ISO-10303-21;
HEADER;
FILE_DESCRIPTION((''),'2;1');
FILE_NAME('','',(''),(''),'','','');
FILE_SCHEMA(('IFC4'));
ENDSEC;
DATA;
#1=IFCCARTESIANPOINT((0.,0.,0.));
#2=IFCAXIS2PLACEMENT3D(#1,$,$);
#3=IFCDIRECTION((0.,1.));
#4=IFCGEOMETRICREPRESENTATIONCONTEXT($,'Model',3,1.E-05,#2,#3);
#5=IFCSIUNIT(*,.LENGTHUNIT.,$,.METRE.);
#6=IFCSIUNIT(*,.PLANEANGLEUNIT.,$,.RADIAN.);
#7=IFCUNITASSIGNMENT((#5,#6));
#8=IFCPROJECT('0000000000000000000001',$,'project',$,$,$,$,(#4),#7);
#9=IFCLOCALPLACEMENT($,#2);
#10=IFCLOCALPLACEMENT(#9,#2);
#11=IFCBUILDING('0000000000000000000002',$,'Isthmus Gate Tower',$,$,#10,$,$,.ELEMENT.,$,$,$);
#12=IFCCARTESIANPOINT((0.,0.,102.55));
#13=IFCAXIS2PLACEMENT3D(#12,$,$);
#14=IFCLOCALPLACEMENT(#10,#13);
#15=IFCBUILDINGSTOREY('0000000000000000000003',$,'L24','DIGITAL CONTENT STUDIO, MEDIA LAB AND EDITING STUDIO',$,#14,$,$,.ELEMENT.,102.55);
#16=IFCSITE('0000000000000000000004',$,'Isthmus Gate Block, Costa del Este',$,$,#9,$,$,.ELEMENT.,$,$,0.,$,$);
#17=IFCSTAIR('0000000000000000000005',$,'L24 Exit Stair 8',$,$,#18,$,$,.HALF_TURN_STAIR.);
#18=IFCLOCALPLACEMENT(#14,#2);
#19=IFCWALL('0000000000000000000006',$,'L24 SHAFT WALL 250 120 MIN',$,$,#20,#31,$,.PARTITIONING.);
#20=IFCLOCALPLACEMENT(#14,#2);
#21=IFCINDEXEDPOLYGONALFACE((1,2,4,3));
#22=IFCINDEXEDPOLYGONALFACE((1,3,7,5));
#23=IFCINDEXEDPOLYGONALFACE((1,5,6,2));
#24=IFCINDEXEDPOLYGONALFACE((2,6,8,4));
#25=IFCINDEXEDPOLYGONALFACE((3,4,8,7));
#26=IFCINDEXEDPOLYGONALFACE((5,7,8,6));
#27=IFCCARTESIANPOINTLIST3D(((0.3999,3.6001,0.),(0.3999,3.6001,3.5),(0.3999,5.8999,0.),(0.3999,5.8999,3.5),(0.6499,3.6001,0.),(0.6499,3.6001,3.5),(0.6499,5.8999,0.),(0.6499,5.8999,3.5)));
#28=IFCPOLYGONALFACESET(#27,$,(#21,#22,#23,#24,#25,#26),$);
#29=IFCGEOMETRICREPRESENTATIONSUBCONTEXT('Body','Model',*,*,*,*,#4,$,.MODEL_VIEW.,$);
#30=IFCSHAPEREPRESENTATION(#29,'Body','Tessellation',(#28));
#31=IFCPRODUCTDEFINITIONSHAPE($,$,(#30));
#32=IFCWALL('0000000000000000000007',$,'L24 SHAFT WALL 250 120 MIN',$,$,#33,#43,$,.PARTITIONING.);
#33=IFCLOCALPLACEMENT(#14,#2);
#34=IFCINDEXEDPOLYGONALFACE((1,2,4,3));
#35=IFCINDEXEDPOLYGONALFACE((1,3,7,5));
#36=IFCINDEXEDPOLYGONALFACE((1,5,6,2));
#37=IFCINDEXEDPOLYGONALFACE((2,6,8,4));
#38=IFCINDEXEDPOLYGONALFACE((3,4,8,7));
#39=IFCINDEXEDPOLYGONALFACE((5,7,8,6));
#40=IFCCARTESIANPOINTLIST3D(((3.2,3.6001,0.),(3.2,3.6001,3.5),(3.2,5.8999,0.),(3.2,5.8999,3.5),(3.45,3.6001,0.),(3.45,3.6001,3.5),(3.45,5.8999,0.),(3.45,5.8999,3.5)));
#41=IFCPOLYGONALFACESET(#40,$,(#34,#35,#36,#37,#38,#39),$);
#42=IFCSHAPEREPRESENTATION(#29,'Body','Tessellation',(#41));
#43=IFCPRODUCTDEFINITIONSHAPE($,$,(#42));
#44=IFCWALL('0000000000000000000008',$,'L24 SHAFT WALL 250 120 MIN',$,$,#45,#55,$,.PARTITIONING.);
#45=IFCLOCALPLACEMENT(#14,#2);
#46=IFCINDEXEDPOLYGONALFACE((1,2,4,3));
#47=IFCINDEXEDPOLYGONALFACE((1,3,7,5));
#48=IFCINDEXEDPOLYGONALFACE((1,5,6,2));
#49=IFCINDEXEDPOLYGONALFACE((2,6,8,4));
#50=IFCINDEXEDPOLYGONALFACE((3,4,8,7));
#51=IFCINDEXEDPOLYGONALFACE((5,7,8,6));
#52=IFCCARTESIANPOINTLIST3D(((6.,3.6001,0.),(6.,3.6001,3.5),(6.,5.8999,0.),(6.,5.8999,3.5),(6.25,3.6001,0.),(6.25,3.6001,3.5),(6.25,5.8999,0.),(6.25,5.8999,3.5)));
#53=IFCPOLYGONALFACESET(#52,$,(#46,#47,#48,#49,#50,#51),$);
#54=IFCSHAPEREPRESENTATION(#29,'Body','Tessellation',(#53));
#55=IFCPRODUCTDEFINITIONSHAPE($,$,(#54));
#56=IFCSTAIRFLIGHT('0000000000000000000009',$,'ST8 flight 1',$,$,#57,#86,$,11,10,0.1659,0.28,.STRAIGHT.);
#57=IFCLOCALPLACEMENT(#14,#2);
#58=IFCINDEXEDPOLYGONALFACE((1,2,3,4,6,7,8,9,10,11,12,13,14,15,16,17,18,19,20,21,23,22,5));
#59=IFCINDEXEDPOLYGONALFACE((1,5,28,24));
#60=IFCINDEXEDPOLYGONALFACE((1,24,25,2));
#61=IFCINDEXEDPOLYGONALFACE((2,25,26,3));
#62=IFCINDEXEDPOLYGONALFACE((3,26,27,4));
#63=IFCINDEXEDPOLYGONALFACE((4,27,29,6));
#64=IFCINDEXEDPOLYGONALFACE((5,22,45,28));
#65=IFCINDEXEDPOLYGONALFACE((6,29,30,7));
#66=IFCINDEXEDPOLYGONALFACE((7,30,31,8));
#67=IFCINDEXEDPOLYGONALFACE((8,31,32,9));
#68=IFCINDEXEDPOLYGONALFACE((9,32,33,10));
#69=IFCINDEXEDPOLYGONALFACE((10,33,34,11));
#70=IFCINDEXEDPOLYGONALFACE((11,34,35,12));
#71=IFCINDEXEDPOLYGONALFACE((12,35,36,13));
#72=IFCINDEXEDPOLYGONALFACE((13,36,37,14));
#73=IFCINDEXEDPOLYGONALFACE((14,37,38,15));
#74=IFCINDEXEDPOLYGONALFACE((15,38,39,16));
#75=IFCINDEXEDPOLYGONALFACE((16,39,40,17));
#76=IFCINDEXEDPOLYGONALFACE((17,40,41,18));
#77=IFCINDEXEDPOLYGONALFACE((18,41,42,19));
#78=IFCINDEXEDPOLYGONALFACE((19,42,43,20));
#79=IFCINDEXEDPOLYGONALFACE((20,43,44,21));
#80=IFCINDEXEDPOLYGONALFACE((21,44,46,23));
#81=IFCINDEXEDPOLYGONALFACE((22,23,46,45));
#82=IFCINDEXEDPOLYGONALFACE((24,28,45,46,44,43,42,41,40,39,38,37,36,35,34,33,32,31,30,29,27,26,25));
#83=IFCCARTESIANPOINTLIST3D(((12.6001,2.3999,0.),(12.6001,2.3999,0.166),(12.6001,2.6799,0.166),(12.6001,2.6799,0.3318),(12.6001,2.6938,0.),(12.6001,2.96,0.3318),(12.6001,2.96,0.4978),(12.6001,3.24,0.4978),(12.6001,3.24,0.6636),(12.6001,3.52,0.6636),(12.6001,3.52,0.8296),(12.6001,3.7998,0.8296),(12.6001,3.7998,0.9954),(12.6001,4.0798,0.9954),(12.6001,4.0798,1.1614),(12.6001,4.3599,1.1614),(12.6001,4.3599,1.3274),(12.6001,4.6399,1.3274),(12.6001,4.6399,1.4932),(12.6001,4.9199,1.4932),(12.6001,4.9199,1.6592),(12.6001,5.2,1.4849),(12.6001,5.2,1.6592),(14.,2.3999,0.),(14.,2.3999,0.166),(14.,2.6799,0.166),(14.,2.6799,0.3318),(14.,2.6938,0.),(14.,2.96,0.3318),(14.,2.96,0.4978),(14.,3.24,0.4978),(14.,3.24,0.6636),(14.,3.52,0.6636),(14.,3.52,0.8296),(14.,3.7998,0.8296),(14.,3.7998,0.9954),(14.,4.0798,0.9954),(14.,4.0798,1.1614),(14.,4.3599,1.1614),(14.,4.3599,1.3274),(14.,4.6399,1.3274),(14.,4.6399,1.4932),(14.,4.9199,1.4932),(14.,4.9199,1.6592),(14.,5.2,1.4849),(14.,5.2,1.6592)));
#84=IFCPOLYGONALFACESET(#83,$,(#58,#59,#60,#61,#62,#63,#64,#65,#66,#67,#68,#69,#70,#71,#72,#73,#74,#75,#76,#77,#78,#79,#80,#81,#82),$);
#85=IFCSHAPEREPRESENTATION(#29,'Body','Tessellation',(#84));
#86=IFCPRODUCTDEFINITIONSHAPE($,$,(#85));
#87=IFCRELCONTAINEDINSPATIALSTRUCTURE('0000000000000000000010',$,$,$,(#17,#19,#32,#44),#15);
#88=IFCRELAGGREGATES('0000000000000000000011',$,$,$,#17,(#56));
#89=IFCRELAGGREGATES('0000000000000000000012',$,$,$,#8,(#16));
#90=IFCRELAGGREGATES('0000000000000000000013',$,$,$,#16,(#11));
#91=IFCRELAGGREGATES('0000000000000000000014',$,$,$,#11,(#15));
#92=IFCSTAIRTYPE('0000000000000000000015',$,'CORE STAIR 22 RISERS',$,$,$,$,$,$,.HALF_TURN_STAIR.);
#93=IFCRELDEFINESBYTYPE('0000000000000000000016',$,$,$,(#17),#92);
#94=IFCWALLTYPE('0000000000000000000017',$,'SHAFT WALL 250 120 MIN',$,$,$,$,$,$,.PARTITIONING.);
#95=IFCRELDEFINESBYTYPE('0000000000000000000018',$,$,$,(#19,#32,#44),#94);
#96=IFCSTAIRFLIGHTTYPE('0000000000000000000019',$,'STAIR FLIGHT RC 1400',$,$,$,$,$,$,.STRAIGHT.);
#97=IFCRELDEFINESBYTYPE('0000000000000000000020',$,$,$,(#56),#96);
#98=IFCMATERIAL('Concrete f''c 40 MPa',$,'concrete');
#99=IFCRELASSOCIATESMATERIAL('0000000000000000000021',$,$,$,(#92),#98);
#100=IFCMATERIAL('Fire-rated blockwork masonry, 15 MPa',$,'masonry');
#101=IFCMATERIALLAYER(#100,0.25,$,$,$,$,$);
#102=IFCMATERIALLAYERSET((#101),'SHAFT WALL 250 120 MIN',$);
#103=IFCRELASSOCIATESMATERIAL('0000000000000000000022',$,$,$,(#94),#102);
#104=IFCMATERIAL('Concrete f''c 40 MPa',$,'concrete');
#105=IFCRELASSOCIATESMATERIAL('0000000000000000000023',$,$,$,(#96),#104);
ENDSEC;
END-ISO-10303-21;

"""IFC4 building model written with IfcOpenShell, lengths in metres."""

from ifc_helpers import new_model, si_unit, direction, frame, frame_2d, origin, place, context, subcontext, project, spatial, polyline, rectangle, outline, extrude, material, layer, layer_set, type_object, element, aggregate, save


model = new_model("IFC4")

# Units and contexts
model_context = context("Model", 3, precision=1e-05, world=origin(), true_north=direction((0.0, 1.0)))
body_context = subcontext(model_context, "Body", "Model", "MODEL_VIEW")
ifc_project = project(units=[si_unit("LENGTHUNIT", "METRE"), si_unit("PLANEANGLEUNIT", "RADIAN")], contexts=[model_context])

# Site, building, storey
site_placement = place(None, origin())
site = spatial("IfcSite", under=ifc_project, at=site_placement, Name="Isthmus Gate Block, Costa del Este", CompositionType="ELEMENT", RefElevation=0.0)
building_placement = place(site_placement, origin())
building = spatial("IfcBuilding", under=site, at=building_placement, Name="Isthmus Gate Tower", CompositionType="ELEMENT")
storey_placement = place(building_placement, frame((0.0, 0.0, 102.55)))
storey = spatial("IfcBuildingStorey", under=building, at=storey_placement, Name="L24", Description="DIGITAL CONTENT STUDIO, MEDIA LAB AND EDITING STUDIO", CompositionType="ELEMENT", Elevation=102.55)

# Stair
ifc_material_1 = material(Name="Concrete f'c 40 MPa", Category="concrete")
stair_type = type_object("IfcStairType", Name="CORE STAIR 22 RISERS", PredefinedType="HALF_TURN_STAIR", material=ifc_material_1)
stair_1_placement = place(storey_placement, origin())
stair_1 = element("IfcStair", 1, at=stair_1_placement, inside=storey, type_object=stair_type, Name="L24 Exit Stair 8", PredefinedType="HALF_TURN_STAIR")

# Walls
ifc_material_2 = material(Name="Fire-rated blockwork masonry, 15 MPa", Category="masonry")
ifc_layer_1 = layer(ifc_material_2, 0.25)
ifc_layer_set_1 = layer_set([ifc_layer_1], Name="SHAFT WALL 250 120 MIN")
wall_type_1 = type_object("IfcWallType", Name="SHAFT WALL 250 120 MIN", PredefinedType="PARTITIONING", material=ifc_layer_set_1)
for number, where, z_axis, x_axis, name in (
    (2, (0.5249, 3.6001, 0.0), (0.0, 0.0, 1.0), (0.0, 1.0, 0.0), "L24 SHAFT WALL 250 120 MIN"),
    (3, (3.325, 3.6001, 0.0), (0.0, 0.0, 1.0), (0.0, 1.0, 0.0), "L24 SHAFT WALL 250 120 MIN"),
    (4, (6.125, 3.6001, 0.0), (0.0, 0.0, 1.0), (0.0, 1.0, 0.0), "L24 SHAFT WALL 250 120 MIN"),
):
    element("IfcWall", number, at=place(storey_placement, frame(where, z_axis=z_axis, x_axis=x_axis)), inside=storey, type_object=wall_type_1, Name=name, PredefinedType="PARTITIONING", context=body_context, shape_type="SweptSolid", body=[
        extrude(rectangle(XDim=2.2998, YDim=0.25, at=frame_2d((1.1499, 0.0))), origin(), (0.0, 0.0, 1.0), 3.5),
    ])

# Stair flight
ifc_material_3 = material(Name="Concrete f'c 40 MPa", Category="concrete")
stair_flight_type = type_object("IfcStairFlightType", Name="STAIR FLIGHT RC 1400", PredefinedType="STRAIGHT", material=ifc_material_3)
stair_flight_placement = place(storey_placement, frame((13.3, 2.3999, 0.0), z_axis=(0.0, 0.0, 1.0), x_axis=(0.0, 1.0, 0.0)))
stair_flight = element("IfcStairFlight", 5, at=stair_flight_placement, type_object=stair_flight_type, Name="ST8 flight 1", NumberOfRisers=11, NumberOfTreads=10, PredefinedType="STRAIGHT", RiserHeight=0.1659, TreadLength=0.28, context=body_context, shape_type="SweptSolid", body=[
    extrude(outline(polyline([(0.0, 0.0), (0.0, 0.166), (0.28, 0.166), (0.28, 0.3318), (0.5601, 0.3318), (0.5601, 0.4978), (0.8401, 0.4978), (0.8401, 0.6636), (1.1201, 0.6636), (1.1201, 0.8296), (1.3999, 0.8296), (1.3999, 0.9954), (1.6799, 0.9954), (1.6799, 1.1614), (1.96, 1.1614), (1.96, 1.3274), (2.24, 1.3274), (2.24, 1.4932), (2.52, 1.4932), (2.52, 1.6592), (2.8, 1.6592), (2.8, 1.825), (2.8, 1.4849), (0.2939, 0.0), (0.0, 0.0)])), frame((0.0, 0.7, 0.0), z_axis=(0.0, -1.0, 0.0), x_axis=(1.0, 0.0, 0.0)), (0.0, 0.0, 1.0), 1.3999),
])
aggregate(stair_1, [stair_flight])

save(model, "model.ifc")
